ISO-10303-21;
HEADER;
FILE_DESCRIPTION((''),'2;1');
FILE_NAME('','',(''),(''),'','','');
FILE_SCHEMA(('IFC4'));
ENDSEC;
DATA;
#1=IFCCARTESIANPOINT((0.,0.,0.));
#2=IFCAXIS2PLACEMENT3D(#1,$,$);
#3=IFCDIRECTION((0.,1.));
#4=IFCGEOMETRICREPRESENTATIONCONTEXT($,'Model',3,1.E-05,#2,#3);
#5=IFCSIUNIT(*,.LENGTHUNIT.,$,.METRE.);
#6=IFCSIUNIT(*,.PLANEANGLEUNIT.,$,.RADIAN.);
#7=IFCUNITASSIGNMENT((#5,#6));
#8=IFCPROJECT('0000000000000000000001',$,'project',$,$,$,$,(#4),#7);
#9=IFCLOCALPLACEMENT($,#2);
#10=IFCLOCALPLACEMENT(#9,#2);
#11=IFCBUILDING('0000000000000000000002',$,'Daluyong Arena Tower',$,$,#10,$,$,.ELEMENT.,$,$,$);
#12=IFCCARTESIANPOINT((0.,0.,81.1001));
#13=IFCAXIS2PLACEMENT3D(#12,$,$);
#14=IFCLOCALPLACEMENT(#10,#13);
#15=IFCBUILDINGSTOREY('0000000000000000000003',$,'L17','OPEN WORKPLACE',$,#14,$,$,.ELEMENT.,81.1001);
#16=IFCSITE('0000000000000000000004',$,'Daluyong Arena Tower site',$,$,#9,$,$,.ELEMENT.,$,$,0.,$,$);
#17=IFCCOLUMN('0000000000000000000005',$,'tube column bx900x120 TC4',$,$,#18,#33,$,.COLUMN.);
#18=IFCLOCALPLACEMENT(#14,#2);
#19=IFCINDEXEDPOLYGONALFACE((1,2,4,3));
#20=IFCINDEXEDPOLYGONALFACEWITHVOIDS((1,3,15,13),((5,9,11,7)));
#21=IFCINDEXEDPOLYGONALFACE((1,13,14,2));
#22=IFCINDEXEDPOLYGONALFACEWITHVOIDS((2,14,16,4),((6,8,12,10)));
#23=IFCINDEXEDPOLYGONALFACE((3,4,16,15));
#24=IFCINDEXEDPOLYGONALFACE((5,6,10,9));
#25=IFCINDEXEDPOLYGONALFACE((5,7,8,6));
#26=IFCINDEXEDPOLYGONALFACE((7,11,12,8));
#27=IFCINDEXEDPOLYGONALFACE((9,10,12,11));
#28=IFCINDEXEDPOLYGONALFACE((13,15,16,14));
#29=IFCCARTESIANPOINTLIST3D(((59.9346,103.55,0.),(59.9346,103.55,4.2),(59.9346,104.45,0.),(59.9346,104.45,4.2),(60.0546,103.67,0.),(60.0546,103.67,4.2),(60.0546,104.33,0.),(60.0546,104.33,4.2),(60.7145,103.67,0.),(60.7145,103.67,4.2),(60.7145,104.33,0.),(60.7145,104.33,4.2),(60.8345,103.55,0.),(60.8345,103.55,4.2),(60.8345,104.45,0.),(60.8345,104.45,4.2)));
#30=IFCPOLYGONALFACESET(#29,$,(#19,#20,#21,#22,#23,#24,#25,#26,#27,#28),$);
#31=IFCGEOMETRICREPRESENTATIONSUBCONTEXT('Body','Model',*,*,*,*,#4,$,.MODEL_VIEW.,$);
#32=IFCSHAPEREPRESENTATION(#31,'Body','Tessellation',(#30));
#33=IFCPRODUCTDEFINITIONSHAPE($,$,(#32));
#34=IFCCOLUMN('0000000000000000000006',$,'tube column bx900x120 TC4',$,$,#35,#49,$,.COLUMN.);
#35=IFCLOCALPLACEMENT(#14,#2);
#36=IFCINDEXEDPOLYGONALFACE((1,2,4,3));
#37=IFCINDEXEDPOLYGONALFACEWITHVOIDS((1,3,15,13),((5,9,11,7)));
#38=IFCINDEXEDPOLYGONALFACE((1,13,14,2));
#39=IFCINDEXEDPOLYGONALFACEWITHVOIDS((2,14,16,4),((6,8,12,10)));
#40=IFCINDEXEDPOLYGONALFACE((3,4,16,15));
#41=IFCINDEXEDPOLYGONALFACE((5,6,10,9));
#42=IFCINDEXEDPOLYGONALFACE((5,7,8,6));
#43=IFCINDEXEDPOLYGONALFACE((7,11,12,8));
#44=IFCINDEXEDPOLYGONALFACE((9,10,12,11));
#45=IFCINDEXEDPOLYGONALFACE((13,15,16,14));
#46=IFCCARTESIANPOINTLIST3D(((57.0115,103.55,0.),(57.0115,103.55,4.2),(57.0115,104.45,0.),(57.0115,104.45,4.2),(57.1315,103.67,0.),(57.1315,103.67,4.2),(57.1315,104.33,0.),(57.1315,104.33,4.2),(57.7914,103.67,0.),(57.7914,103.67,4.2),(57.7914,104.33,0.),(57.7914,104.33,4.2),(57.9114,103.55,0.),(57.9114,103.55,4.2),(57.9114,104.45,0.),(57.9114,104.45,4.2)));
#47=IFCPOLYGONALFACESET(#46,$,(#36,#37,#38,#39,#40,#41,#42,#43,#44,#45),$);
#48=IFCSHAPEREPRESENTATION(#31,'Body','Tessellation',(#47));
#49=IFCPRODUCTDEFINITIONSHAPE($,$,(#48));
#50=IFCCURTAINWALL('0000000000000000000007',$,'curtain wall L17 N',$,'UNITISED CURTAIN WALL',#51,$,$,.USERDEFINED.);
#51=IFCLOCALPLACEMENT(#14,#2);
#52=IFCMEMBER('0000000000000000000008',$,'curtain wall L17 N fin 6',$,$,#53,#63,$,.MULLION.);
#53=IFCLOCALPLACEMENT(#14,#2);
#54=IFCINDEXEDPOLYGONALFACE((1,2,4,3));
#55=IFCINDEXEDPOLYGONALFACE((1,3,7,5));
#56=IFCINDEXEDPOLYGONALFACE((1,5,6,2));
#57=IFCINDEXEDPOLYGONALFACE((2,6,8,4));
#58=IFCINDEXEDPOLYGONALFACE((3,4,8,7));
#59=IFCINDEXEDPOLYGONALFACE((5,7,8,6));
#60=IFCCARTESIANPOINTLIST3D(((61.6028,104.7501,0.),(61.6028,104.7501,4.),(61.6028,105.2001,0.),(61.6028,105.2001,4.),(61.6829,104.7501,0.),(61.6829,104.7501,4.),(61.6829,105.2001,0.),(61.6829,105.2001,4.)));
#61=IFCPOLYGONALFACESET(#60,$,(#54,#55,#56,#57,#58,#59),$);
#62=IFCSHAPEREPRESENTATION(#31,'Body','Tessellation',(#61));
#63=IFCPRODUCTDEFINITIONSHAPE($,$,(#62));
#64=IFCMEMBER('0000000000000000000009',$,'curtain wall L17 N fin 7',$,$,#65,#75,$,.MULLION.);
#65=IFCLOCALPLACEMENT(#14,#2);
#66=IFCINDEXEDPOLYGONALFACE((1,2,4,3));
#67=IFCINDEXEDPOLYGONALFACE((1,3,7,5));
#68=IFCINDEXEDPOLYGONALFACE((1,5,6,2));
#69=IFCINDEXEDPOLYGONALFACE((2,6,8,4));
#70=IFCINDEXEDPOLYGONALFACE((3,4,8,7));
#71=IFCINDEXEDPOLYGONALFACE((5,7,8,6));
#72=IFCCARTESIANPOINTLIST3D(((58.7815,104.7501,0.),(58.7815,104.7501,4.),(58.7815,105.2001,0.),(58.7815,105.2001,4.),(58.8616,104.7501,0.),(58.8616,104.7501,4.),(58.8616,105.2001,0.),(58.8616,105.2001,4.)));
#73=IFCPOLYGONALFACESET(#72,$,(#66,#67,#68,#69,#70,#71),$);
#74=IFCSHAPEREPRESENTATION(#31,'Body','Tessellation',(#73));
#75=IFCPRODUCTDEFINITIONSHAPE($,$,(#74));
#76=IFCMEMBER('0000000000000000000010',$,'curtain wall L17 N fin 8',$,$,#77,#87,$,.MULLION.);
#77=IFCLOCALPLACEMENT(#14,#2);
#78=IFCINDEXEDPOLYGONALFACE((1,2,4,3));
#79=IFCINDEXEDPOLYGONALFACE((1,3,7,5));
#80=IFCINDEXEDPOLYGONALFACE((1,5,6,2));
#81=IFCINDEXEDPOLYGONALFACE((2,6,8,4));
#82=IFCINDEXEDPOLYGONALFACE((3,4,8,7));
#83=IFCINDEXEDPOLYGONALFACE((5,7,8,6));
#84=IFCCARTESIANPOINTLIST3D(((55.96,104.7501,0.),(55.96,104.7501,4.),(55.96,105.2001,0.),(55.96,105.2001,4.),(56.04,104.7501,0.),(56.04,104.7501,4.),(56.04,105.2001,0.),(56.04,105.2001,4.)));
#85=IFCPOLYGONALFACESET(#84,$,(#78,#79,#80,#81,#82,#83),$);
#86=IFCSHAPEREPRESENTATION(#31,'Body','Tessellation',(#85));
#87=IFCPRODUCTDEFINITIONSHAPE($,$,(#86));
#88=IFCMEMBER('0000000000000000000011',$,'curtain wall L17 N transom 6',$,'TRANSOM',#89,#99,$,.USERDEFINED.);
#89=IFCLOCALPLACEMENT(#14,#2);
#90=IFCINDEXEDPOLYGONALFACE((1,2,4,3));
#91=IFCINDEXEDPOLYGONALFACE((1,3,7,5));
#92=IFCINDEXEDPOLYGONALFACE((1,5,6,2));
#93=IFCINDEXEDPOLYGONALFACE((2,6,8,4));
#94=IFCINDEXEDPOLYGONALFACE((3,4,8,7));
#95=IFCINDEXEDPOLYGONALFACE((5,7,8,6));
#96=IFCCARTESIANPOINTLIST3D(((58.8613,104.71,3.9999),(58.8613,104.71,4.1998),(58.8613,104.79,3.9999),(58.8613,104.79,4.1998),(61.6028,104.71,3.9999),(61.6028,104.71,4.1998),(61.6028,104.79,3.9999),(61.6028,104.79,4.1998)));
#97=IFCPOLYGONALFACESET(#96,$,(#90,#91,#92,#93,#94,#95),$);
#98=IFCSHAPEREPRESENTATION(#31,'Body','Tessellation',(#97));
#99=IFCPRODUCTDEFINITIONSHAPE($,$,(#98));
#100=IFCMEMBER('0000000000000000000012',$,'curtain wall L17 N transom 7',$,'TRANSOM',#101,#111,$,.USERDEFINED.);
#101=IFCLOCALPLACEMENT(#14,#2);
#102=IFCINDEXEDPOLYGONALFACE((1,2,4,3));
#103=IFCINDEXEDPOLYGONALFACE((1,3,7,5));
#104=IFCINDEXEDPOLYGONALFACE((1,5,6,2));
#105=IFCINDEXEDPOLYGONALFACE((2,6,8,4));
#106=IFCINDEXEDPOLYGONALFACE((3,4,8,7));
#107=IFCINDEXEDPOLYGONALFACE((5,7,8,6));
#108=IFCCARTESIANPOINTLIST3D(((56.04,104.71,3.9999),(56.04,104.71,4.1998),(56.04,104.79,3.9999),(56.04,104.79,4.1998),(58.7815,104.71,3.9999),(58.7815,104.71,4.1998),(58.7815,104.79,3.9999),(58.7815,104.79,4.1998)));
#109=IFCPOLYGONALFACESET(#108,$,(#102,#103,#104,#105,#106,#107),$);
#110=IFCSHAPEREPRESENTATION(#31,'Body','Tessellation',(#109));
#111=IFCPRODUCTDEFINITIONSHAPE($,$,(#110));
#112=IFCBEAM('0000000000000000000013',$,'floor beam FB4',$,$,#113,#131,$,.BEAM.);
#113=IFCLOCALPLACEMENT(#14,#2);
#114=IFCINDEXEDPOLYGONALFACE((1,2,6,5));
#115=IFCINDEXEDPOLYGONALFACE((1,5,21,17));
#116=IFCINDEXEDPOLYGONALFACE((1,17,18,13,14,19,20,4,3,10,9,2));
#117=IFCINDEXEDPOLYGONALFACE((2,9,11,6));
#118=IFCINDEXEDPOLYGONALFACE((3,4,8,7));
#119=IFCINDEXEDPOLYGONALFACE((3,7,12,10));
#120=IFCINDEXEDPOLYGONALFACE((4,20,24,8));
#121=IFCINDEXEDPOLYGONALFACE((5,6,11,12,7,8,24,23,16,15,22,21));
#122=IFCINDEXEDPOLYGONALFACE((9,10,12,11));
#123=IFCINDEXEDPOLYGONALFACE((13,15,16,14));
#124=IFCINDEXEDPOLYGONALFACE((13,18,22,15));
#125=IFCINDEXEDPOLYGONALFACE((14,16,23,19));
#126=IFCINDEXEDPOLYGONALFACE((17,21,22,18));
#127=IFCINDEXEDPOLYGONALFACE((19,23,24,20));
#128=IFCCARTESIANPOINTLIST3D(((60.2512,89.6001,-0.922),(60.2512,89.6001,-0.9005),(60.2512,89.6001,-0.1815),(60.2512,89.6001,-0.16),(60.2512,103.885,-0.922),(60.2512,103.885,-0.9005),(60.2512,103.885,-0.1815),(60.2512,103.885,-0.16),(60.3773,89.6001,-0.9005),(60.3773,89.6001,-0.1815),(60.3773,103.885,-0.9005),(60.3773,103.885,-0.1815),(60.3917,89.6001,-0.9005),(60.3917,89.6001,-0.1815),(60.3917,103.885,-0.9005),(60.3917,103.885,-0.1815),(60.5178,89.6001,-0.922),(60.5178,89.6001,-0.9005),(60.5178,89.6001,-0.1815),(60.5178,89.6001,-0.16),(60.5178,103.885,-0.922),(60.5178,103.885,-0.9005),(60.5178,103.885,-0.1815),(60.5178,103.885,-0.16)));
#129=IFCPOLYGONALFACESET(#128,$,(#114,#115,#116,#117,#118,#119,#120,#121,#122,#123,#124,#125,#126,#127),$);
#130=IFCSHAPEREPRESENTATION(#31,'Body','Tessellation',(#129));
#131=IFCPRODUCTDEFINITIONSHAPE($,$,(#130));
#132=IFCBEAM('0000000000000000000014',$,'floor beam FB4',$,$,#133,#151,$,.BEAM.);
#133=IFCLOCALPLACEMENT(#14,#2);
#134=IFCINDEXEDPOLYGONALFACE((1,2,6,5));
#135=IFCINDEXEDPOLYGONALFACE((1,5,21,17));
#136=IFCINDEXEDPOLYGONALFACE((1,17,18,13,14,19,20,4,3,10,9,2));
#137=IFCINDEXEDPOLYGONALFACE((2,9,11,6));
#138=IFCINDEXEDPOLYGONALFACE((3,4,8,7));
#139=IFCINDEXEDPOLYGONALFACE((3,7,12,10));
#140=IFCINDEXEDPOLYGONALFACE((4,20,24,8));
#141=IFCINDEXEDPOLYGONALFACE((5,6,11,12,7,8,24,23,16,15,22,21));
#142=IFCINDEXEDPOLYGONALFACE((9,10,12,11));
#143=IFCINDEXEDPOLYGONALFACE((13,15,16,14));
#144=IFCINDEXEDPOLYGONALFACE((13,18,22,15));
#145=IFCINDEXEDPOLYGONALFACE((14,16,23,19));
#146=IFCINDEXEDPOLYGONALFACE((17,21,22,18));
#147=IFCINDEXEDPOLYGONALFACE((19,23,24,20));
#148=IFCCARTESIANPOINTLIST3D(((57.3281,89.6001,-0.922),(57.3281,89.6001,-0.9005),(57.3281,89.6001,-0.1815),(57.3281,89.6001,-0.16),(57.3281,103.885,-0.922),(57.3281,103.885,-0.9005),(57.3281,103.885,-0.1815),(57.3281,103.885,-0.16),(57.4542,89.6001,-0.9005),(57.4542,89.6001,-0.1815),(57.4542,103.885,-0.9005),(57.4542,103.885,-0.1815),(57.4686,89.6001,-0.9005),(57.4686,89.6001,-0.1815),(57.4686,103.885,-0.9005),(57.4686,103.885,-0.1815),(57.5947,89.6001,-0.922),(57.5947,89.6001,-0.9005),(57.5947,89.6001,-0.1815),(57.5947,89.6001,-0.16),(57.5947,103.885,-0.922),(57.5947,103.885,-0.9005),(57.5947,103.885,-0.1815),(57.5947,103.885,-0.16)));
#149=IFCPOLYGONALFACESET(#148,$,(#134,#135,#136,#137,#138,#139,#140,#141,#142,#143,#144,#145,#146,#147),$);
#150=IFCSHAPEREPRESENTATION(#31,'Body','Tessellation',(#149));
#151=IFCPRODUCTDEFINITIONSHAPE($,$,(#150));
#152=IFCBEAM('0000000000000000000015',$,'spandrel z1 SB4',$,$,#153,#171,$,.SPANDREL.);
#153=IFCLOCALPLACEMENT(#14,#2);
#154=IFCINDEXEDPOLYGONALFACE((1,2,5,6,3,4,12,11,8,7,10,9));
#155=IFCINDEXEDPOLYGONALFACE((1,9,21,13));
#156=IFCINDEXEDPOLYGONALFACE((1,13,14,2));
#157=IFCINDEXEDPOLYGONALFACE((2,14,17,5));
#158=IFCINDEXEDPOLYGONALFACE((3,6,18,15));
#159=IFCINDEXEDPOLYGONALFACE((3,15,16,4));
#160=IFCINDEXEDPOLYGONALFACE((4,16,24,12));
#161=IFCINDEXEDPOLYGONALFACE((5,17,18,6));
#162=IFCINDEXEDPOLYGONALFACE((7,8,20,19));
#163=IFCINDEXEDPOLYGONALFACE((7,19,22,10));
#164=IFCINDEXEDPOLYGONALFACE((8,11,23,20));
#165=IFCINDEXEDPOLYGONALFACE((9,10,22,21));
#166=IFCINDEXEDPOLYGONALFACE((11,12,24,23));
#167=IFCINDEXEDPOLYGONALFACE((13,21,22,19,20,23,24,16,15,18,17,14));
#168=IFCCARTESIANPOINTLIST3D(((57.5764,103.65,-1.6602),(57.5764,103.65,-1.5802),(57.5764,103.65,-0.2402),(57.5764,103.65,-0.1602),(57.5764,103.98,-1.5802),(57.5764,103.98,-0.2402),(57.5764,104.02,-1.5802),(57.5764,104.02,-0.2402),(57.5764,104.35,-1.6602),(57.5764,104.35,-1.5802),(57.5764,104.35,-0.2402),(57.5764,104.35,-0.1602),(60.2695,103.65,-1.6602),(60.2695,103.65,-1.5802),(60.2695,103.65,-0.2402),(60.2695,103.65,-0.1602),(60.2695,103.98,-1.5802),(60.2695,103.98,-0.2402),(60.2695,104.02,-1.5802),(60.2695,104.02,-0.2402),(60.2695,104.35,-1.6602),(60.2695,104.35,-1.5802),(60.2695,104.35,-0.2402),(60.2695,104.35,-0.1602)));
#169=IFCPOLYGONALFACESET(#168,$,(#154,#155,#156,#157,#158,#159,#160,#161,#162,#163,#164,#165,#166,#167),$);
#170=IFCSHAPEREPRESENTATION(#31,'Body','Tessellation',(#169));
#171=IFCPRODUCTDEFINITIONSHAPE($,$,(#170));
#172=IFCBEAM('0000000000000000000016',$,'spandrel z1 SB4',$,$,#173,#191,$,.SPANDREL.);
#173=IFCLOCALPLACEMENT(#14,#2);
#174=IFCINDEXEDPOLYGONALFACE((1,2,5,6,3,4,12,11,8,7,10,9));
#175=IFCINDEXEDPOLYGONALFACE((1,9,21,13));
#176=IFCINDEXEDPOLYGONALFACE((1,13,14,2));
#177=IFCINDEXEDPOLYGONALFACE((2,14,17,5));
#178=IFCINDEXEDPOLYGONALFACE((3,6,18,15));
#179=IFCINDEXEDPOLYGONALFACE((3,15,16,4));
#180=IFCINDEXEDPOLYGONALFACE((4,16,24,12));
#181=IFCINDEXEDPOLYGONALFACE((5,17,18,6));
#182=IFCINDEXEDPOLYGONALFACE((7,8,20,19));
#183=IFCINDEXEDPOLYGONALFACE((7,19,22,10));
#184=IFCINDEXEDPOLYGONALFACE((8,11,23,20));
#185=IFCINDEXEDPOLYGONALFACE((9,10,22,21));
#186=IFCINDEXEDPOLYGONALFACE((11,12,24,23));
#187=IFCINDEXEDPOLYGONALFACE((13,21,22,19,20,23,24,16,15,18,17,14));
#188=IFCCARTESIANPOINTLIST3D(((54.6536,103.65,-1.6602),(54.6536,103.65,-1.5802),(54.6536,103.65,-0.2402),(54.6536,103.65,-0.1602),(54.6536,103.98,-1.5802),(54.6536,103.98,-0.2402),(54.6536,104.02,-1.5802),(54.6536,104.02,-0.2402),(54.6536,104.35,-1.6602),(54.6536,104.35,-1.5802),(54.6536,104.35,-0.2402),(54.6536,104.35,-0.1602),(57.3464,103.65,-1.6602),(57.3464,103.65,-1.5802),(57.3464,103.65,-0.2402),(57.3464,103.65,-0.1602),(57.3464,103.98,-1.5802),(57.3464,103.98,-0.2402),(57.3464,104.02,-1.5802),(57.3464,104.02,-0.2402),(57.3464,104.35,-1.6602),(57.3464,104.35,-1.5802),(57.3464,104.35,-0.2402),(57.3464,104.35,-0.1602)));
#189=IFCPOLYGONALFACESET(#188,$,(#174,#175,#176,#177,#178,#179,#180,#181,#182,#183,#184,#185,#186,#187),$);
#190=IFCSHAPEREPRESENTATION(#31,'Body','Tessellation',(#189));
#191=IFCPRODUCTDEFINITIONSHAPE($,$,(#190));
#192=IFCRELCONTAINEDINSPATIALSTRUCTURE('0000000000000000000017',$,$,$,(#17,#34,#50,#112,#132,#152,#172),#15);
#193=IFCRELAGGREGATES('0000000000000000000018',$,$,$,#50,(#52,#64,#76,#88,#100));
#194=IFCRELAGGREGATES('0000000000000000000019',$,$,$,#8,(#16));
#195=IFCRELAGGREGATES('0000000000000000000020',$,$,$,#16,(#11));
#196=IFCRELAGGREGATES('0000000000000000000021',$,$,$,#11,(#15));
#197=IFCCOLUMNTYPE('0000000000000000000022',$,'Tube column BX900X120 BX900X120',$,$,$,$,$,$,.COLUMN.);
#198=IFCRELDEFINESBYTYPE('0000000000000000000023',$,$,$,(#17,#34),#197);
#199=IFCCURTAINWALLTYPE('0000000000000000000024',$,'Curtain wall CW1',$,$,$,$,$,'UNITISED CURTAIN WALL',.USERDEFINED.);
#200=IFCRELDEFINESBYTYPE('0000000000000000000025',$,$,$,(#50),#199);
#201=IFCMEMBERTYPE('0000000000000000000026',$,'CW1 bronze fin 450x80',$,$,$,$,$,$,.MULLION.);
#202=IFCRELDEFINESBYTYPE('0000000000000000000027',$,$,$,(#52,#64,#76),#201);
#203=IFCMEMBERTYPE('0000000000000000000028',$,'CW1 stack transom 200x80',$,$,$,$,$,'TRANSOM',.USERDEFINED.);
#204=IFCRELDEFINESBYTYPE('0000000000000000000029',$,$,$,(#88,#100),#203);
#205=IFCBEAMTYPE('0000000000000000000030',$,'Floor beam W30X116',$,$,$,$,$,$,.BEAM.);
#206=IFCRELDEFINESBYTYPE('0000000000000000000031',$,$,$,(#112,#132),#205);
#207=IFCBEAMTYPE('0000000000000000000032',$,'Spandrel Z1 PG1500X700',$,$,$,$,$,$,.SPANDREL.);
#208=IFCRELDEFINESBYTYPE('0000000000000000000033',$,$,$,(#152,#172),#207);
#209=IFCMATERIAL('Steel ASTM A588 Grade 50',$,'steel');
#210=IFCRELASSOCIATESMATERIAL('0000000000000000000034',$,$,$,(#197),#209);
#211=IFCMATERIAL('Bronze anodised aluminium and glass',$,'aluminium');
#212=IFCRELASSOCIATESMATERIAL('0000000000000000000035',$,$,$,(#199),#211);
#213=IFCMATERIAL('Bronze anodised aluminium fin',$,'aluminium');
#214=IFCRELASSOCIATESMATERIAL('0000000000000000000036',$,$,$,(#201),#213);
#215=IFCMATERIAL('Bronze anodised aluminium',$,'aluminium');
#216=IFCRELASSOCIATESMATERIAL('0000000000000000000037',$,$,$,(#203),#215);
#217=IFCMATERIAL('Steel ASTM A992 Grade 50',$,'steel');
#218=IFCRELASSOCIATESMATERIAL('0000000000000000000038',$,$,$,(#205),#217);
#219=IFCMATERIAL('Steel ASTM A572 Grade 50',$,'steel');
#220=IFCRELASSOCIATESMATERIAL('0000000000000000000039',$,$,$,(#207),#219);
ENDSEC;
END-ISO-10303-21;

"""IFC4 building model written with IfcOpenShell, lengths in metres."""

from ifc_helpers import new_model, si_unit, direction, frame, origin, origin_2d, place, context, subcontext, project, spatial, rectangle, hollow_rectangle, i_section, extrude, material, material_profile, profile_set, type_object, element, aggregate, save


model = new_model("IFC4")

# Units and contexts
model_context = context("Model", 3, precision=1e-05, world=origin(), true_north=direction((0.0, 1.0)))
body_context = subcontext(model_context, "Body", "Model", "MODEL_VIEW")
ifc_project = project(units=[si_unit("LENGTHUNIT", "METRE"), si_unit("PLANEANGLEUNIT", "RADIAN")], contexts=[model_context])

# Site, building, storey
site_placement = place(None, origin())
site = spatial("IfcSite", under=ifc_project, at=site_placement, Name="Daluyong Arena Tower site", CompositionType="ELEMENT", RefElevation=0.0)
building_placement = place(site_placement, origin())
building = spatial("IfcBuilding", under=site, at=building_placement, Name="Daluyong Arena Tower", CompositionType="ELEMENT")
storey_placement = place(building_placement, frame((0.0, 0.0, 81.1001)))
storey = spatial("IfcBuildingStorey", under=building, at=storey_placement, Name="L17", Description="OPEN WORKPLACE", CompositionType="ELEMENT", Elevation=81.1001)

# Columns
ifc_material_1 = material(Name="Steel ASTM A588 Grade 50", Category="steel")
ifc_material_profile_1 = material_profile(ifc_material_1, hollow_rectangle(XDim=0.8999, YDim=0.8999, WallThickness=0.12, at=origin_2d()))
ifc_profile_set_1 = profile_set([ifc_material_profile_1], Name="Steel ASTM A588 Grade 50")
column_type = type_object("IfcColumnType", Name="Tube column BX900X120 BX900X120", PredefinedType="COLUMN", material=ifc_profile_set_1)
for number, where, z_axis, x_axis, name in (
    (1, (60.3845, 104.0, 0.0), (0.0, 0.0, 1.0), (1.0, 0.0, 0.0), "tube column bx900x120 TC4"),
    (2, (57.4614, 104.0, 0.0), (0.0, 0.0, 1.0), (1.0, 0.0, 0.0), "tube column bx900x120 TC4"),
):
    element("IfcColumn", number, at=place(storey_placement, frame(where, z_axis=z_axis, x_axis=x_axis)), inside=storey, type_object=column_type, Name=name, PredefinedType="COLUMN", context=body_context, shape_type="SweptSolid", body=[
        extrude(hollow_rectangle(XDim=0.8999, YDim=0.8999, WallThickness=0.12, at=origin_2d()), origin(), (0.0, 0.0, 1.0), 4.2),
    ])

# Curtain wall, members
ifc_material_2 = material(Name="Bronze anodised aluminium and glass", Category="aluminium")
curtain_wall_type = type_object("IfcCurtainWallType", Name="Curtain wall CW1", ElementType="UNITISED CURTAIN WALL", PredefinedType="USERDEFINED", material=ifc_material_2)
curtain_wall_placement = place(storey_placement, origin())
curtain_wall = element("IfcCurtainWall", 3, at=curtain_wall_placement, inside=storey, type_object=curtain_wall_type, Name="curtain wall L17 N", ObjectType="UNITISED CURTAIN WALL", PredefinedType="USERDEFINED")
ifc_material_3 = material(Name="Bronze anodised aluminium fin", Category="aluminium")
ifc_material_profile_2 = material_profile(ifc_material_3, rectangle(XDim=0.45, YDim=0.0801, at=origin_2d()))
ifc_profile_set_2 = profile_set([ifc_material_profile_2], Name="Bronze anodised aluminium fin")
member_type_1 = type_object("IfcMemberType", Name="CW1 bronze fin 450x80", PredefinedType="MULLION", material=ifc_profile_set_2)
member_1_placement = place(storey_placement, frame((61.6428, 104.9751, 0.0), z_axis=(0.0, 0.0, 1.0), x_axis=(0.0, -1.0, 0.0)))
member_1 = element("IfcMember", 4, at=member_1_placement, type_object=member_type_1, Name="curtain wall L17 N fin 6", PredefinedType="MULLION", context=body_context, shape_type="SweptSolid", body=[
    extrude(rectangle(XDim=0.45, YDim=0.0801, at=origin_2d()), origin(), (0.0, 0.0, 1.0), 4.0),
])
member_2_placement = place(storey_placement, frame((58.8215, 104.9751, 0.0), z_axis=(0.0, 0.0, 1.0), x_axis=(0.0, -1.0, 0.0)))
member_2 = element("IfcMember", 5, at=member_2_placement, type_object=member_type_1, Name="curtain wall L17 N fin 7", PredefinedType="MULLION", context=body_context, shape_type="SweptSolid", body=[
    extrude(rectangle(XDim=0.45, YDim=0.0801, at=origin_2d()), origin(), (0.0, 0.0, 1.0), 4.0),
])
member_3_placement = place(storey_placement, frame((56.0, 104.9751, 0.0), z_axis=(0.0, 0.0, 1.0), x_axis=(0.0, -1.0, 0.0)))
member_3 = element("IfcMember", 6, at=member_3_placement, type_object=member_type_1, Name="curtain wall L17 N fin 8", PredefinedType="MULLION", context=body_context, shape_type="SweptSolid", body=[
    extrude(rectangle(XDim=0.45, YDim=0.0801, at=origin_2d()), origin(), (0.0, 0.0, 1.0), 4.0),
])
ifc_material_4 = material(Name="Bronze anodised aluminium", Category="aluminium")
ifc_material_profile_3 = material_profile(ifc_material_4, rectangle(XDim=0.0801, YDim=0.2, at=origin_2d()))
ifc_profile_set_3 = profile_set([ifc_material_profile_3], Name="Bronze anodised aluminium")
member_type_2 = type_object("IfcMemberType", Name="CW1 stack transom 200x80", ElementType="TRANSOM", PredefinedType="USERDEFINED", material=ifc_profile_set_3)
member_4_placement = place(storey_placement, frame((61.6028, 104.75, 4.0999), z_axis=(-1.0, 0.0, 0.0), x_axis=(0.0, -1.0, 0.0)))
member_4 = element("IfcMember", 7, at=member_4_placement, type_object=member_type_2, Name="curtain wall L17 N transom 6", ObjectType="TRANSOM", PredefinedType="USERDEFINED", context=body_context, shape_type="SweptSolid", body=[
    extrude(rectangle(XDim=0.0801, YDim=0.2, at=origin_2d()), origin(), (0.0, 0.0, 1.0), 2.7415),
])
member_5_placement = place(storey_placement, frame((58.7815, 104.75, 4.0999), z_axis=(-1.0, 0.0, 0.0), x_axis=(0.0, -1.0, 0.0)))
member_5 = element("IfcMember", 8, at=member_5_placement, type_object=member_type_2, Name="curtain wall L17 N transom 7", ObjectType="TRANSOM", PredefinedType="USERDEFINED", context=body_context, shape_type="SweptSolid", body=[
    extrude(rectangle(XDim=0.0801, YDim=0.2, at=origin_2d()), origin(), (0.0, 0.0, 1.0), 2.7415),
])

# Beams
ifc_material_5 = material(Name="Steel ASTM A992 Grade 50", Category="steel")
ifc_material_profile_4 = material_profile(ifc_material_5, i_section(OverallWidth=0.2666, OverallDepth=0.762, WebThickness=0.0144, FlangeThickness=0.0215, at=origin_2d()))
ifc_profile_set_4 = profile_set([ifc_material_profile_4], Name="Steel ASTM A992 Grade 50")
beam_type_1 = type_object("IfcBeamType", Name="Floor beam W30X116", PredefinedType="BEAM", material=ifc_profile_set_4)
for number, where, z_axis, x_axis, name in (
    (9, (60.3845, 103.885, -0.541), (0.0, -1.0, 0.0), (1.0, 0.0, 0.0), "floor beam FB4"),
    (10, (57.4614, 103.885, -0.541), (0.0, -1.0, 0.0), (1.0, 0.0, 0.0), "floor beam FB4"),
):
    element("IfcBeam", number, at=place(storey_placement, frame(where, z_axis=z_axis, x_axis=x_axis)), inside=storey, type_object=beam_type_1, Name=name, PredefinedType="BEAM", context=body_context, shape_type="SweptSolid", body=[
        extrude(i_section(OverallWidth=0.2666, OverallDepth=0.762, WebThickness=0.0144, FlangeThickness=0.0215, at=origin_2d()), origin(), (0.0, 0.0, 1.0), 14.2849),
    ])
ifc_material_6 = material(Name="Steel ASTM A572 Grade 50", Category="steel")
ifc_material_profile_5 = material_profile(ifc_material_6, i_section(OverallWidth=0.7, OverallDepth=1.5, WebThickness=0.04, FlangeThickness=0.08, at=origin_2d()))
ifc_profile_set_5 = profile_set([ifc_material_profile_5], Name="Steel ASTM A572 Grade 50")
beam_type_2 = type_object("IfcBeamType", Name="Spandrel Z1 PG1500X700", PredefinedType="SPANDREL", material=ifc_profile_set_5)
beam_1_placement = place(storey_placement, frame((60.2695, 104.0, -0.9102), z_axis=(-1.0, 0.0, 0.0), x_axis=(0.0, -1.0, 0.0)))
element("IfcBeam", 11, at=beam_1_placement, inside=storey, type_object=beam_type_2, Name="spandrel z1 SB4", PredefinedType="SPANDREL", context=body_context, shape_type="SweptSolid", body=[
    extrude(i_section(OverallWidth=0.7, OverallDepth=1.5, WebThickness=0.04, FlangeThickness=0.08, at=origin_2d()), origin(), (0.0, 0.0, 1.0), 2.6931),
])
beam_2_placement = place(storey_placement, frame((57.3464, 104.0, -0.9102), z_axis=(-1.0, 0.0, 0.0), x_axis=(0.0, -1.0, 0.0)))
element("IfcBeam", 12, at=beam_2_placement, inside=storey, type_object=beam_type_2, Name="spandrel z1 SB4", PredefinedType="SPANDREL", context=body_context, shape_type="SweptSolid", body=[
    extrude(i_section(OverallWidth=0.7, OverallDepth=1.5, WebThickness=0.04, FlangeThickness=0.08, at=origin_2d()), origin(), (0.0, 0.0, 1.0), 2.6929),
])

aggregate(curtain_wall, [member_1, member_2, member_3, member_4, member_5])

save(model, "model.ifc")
